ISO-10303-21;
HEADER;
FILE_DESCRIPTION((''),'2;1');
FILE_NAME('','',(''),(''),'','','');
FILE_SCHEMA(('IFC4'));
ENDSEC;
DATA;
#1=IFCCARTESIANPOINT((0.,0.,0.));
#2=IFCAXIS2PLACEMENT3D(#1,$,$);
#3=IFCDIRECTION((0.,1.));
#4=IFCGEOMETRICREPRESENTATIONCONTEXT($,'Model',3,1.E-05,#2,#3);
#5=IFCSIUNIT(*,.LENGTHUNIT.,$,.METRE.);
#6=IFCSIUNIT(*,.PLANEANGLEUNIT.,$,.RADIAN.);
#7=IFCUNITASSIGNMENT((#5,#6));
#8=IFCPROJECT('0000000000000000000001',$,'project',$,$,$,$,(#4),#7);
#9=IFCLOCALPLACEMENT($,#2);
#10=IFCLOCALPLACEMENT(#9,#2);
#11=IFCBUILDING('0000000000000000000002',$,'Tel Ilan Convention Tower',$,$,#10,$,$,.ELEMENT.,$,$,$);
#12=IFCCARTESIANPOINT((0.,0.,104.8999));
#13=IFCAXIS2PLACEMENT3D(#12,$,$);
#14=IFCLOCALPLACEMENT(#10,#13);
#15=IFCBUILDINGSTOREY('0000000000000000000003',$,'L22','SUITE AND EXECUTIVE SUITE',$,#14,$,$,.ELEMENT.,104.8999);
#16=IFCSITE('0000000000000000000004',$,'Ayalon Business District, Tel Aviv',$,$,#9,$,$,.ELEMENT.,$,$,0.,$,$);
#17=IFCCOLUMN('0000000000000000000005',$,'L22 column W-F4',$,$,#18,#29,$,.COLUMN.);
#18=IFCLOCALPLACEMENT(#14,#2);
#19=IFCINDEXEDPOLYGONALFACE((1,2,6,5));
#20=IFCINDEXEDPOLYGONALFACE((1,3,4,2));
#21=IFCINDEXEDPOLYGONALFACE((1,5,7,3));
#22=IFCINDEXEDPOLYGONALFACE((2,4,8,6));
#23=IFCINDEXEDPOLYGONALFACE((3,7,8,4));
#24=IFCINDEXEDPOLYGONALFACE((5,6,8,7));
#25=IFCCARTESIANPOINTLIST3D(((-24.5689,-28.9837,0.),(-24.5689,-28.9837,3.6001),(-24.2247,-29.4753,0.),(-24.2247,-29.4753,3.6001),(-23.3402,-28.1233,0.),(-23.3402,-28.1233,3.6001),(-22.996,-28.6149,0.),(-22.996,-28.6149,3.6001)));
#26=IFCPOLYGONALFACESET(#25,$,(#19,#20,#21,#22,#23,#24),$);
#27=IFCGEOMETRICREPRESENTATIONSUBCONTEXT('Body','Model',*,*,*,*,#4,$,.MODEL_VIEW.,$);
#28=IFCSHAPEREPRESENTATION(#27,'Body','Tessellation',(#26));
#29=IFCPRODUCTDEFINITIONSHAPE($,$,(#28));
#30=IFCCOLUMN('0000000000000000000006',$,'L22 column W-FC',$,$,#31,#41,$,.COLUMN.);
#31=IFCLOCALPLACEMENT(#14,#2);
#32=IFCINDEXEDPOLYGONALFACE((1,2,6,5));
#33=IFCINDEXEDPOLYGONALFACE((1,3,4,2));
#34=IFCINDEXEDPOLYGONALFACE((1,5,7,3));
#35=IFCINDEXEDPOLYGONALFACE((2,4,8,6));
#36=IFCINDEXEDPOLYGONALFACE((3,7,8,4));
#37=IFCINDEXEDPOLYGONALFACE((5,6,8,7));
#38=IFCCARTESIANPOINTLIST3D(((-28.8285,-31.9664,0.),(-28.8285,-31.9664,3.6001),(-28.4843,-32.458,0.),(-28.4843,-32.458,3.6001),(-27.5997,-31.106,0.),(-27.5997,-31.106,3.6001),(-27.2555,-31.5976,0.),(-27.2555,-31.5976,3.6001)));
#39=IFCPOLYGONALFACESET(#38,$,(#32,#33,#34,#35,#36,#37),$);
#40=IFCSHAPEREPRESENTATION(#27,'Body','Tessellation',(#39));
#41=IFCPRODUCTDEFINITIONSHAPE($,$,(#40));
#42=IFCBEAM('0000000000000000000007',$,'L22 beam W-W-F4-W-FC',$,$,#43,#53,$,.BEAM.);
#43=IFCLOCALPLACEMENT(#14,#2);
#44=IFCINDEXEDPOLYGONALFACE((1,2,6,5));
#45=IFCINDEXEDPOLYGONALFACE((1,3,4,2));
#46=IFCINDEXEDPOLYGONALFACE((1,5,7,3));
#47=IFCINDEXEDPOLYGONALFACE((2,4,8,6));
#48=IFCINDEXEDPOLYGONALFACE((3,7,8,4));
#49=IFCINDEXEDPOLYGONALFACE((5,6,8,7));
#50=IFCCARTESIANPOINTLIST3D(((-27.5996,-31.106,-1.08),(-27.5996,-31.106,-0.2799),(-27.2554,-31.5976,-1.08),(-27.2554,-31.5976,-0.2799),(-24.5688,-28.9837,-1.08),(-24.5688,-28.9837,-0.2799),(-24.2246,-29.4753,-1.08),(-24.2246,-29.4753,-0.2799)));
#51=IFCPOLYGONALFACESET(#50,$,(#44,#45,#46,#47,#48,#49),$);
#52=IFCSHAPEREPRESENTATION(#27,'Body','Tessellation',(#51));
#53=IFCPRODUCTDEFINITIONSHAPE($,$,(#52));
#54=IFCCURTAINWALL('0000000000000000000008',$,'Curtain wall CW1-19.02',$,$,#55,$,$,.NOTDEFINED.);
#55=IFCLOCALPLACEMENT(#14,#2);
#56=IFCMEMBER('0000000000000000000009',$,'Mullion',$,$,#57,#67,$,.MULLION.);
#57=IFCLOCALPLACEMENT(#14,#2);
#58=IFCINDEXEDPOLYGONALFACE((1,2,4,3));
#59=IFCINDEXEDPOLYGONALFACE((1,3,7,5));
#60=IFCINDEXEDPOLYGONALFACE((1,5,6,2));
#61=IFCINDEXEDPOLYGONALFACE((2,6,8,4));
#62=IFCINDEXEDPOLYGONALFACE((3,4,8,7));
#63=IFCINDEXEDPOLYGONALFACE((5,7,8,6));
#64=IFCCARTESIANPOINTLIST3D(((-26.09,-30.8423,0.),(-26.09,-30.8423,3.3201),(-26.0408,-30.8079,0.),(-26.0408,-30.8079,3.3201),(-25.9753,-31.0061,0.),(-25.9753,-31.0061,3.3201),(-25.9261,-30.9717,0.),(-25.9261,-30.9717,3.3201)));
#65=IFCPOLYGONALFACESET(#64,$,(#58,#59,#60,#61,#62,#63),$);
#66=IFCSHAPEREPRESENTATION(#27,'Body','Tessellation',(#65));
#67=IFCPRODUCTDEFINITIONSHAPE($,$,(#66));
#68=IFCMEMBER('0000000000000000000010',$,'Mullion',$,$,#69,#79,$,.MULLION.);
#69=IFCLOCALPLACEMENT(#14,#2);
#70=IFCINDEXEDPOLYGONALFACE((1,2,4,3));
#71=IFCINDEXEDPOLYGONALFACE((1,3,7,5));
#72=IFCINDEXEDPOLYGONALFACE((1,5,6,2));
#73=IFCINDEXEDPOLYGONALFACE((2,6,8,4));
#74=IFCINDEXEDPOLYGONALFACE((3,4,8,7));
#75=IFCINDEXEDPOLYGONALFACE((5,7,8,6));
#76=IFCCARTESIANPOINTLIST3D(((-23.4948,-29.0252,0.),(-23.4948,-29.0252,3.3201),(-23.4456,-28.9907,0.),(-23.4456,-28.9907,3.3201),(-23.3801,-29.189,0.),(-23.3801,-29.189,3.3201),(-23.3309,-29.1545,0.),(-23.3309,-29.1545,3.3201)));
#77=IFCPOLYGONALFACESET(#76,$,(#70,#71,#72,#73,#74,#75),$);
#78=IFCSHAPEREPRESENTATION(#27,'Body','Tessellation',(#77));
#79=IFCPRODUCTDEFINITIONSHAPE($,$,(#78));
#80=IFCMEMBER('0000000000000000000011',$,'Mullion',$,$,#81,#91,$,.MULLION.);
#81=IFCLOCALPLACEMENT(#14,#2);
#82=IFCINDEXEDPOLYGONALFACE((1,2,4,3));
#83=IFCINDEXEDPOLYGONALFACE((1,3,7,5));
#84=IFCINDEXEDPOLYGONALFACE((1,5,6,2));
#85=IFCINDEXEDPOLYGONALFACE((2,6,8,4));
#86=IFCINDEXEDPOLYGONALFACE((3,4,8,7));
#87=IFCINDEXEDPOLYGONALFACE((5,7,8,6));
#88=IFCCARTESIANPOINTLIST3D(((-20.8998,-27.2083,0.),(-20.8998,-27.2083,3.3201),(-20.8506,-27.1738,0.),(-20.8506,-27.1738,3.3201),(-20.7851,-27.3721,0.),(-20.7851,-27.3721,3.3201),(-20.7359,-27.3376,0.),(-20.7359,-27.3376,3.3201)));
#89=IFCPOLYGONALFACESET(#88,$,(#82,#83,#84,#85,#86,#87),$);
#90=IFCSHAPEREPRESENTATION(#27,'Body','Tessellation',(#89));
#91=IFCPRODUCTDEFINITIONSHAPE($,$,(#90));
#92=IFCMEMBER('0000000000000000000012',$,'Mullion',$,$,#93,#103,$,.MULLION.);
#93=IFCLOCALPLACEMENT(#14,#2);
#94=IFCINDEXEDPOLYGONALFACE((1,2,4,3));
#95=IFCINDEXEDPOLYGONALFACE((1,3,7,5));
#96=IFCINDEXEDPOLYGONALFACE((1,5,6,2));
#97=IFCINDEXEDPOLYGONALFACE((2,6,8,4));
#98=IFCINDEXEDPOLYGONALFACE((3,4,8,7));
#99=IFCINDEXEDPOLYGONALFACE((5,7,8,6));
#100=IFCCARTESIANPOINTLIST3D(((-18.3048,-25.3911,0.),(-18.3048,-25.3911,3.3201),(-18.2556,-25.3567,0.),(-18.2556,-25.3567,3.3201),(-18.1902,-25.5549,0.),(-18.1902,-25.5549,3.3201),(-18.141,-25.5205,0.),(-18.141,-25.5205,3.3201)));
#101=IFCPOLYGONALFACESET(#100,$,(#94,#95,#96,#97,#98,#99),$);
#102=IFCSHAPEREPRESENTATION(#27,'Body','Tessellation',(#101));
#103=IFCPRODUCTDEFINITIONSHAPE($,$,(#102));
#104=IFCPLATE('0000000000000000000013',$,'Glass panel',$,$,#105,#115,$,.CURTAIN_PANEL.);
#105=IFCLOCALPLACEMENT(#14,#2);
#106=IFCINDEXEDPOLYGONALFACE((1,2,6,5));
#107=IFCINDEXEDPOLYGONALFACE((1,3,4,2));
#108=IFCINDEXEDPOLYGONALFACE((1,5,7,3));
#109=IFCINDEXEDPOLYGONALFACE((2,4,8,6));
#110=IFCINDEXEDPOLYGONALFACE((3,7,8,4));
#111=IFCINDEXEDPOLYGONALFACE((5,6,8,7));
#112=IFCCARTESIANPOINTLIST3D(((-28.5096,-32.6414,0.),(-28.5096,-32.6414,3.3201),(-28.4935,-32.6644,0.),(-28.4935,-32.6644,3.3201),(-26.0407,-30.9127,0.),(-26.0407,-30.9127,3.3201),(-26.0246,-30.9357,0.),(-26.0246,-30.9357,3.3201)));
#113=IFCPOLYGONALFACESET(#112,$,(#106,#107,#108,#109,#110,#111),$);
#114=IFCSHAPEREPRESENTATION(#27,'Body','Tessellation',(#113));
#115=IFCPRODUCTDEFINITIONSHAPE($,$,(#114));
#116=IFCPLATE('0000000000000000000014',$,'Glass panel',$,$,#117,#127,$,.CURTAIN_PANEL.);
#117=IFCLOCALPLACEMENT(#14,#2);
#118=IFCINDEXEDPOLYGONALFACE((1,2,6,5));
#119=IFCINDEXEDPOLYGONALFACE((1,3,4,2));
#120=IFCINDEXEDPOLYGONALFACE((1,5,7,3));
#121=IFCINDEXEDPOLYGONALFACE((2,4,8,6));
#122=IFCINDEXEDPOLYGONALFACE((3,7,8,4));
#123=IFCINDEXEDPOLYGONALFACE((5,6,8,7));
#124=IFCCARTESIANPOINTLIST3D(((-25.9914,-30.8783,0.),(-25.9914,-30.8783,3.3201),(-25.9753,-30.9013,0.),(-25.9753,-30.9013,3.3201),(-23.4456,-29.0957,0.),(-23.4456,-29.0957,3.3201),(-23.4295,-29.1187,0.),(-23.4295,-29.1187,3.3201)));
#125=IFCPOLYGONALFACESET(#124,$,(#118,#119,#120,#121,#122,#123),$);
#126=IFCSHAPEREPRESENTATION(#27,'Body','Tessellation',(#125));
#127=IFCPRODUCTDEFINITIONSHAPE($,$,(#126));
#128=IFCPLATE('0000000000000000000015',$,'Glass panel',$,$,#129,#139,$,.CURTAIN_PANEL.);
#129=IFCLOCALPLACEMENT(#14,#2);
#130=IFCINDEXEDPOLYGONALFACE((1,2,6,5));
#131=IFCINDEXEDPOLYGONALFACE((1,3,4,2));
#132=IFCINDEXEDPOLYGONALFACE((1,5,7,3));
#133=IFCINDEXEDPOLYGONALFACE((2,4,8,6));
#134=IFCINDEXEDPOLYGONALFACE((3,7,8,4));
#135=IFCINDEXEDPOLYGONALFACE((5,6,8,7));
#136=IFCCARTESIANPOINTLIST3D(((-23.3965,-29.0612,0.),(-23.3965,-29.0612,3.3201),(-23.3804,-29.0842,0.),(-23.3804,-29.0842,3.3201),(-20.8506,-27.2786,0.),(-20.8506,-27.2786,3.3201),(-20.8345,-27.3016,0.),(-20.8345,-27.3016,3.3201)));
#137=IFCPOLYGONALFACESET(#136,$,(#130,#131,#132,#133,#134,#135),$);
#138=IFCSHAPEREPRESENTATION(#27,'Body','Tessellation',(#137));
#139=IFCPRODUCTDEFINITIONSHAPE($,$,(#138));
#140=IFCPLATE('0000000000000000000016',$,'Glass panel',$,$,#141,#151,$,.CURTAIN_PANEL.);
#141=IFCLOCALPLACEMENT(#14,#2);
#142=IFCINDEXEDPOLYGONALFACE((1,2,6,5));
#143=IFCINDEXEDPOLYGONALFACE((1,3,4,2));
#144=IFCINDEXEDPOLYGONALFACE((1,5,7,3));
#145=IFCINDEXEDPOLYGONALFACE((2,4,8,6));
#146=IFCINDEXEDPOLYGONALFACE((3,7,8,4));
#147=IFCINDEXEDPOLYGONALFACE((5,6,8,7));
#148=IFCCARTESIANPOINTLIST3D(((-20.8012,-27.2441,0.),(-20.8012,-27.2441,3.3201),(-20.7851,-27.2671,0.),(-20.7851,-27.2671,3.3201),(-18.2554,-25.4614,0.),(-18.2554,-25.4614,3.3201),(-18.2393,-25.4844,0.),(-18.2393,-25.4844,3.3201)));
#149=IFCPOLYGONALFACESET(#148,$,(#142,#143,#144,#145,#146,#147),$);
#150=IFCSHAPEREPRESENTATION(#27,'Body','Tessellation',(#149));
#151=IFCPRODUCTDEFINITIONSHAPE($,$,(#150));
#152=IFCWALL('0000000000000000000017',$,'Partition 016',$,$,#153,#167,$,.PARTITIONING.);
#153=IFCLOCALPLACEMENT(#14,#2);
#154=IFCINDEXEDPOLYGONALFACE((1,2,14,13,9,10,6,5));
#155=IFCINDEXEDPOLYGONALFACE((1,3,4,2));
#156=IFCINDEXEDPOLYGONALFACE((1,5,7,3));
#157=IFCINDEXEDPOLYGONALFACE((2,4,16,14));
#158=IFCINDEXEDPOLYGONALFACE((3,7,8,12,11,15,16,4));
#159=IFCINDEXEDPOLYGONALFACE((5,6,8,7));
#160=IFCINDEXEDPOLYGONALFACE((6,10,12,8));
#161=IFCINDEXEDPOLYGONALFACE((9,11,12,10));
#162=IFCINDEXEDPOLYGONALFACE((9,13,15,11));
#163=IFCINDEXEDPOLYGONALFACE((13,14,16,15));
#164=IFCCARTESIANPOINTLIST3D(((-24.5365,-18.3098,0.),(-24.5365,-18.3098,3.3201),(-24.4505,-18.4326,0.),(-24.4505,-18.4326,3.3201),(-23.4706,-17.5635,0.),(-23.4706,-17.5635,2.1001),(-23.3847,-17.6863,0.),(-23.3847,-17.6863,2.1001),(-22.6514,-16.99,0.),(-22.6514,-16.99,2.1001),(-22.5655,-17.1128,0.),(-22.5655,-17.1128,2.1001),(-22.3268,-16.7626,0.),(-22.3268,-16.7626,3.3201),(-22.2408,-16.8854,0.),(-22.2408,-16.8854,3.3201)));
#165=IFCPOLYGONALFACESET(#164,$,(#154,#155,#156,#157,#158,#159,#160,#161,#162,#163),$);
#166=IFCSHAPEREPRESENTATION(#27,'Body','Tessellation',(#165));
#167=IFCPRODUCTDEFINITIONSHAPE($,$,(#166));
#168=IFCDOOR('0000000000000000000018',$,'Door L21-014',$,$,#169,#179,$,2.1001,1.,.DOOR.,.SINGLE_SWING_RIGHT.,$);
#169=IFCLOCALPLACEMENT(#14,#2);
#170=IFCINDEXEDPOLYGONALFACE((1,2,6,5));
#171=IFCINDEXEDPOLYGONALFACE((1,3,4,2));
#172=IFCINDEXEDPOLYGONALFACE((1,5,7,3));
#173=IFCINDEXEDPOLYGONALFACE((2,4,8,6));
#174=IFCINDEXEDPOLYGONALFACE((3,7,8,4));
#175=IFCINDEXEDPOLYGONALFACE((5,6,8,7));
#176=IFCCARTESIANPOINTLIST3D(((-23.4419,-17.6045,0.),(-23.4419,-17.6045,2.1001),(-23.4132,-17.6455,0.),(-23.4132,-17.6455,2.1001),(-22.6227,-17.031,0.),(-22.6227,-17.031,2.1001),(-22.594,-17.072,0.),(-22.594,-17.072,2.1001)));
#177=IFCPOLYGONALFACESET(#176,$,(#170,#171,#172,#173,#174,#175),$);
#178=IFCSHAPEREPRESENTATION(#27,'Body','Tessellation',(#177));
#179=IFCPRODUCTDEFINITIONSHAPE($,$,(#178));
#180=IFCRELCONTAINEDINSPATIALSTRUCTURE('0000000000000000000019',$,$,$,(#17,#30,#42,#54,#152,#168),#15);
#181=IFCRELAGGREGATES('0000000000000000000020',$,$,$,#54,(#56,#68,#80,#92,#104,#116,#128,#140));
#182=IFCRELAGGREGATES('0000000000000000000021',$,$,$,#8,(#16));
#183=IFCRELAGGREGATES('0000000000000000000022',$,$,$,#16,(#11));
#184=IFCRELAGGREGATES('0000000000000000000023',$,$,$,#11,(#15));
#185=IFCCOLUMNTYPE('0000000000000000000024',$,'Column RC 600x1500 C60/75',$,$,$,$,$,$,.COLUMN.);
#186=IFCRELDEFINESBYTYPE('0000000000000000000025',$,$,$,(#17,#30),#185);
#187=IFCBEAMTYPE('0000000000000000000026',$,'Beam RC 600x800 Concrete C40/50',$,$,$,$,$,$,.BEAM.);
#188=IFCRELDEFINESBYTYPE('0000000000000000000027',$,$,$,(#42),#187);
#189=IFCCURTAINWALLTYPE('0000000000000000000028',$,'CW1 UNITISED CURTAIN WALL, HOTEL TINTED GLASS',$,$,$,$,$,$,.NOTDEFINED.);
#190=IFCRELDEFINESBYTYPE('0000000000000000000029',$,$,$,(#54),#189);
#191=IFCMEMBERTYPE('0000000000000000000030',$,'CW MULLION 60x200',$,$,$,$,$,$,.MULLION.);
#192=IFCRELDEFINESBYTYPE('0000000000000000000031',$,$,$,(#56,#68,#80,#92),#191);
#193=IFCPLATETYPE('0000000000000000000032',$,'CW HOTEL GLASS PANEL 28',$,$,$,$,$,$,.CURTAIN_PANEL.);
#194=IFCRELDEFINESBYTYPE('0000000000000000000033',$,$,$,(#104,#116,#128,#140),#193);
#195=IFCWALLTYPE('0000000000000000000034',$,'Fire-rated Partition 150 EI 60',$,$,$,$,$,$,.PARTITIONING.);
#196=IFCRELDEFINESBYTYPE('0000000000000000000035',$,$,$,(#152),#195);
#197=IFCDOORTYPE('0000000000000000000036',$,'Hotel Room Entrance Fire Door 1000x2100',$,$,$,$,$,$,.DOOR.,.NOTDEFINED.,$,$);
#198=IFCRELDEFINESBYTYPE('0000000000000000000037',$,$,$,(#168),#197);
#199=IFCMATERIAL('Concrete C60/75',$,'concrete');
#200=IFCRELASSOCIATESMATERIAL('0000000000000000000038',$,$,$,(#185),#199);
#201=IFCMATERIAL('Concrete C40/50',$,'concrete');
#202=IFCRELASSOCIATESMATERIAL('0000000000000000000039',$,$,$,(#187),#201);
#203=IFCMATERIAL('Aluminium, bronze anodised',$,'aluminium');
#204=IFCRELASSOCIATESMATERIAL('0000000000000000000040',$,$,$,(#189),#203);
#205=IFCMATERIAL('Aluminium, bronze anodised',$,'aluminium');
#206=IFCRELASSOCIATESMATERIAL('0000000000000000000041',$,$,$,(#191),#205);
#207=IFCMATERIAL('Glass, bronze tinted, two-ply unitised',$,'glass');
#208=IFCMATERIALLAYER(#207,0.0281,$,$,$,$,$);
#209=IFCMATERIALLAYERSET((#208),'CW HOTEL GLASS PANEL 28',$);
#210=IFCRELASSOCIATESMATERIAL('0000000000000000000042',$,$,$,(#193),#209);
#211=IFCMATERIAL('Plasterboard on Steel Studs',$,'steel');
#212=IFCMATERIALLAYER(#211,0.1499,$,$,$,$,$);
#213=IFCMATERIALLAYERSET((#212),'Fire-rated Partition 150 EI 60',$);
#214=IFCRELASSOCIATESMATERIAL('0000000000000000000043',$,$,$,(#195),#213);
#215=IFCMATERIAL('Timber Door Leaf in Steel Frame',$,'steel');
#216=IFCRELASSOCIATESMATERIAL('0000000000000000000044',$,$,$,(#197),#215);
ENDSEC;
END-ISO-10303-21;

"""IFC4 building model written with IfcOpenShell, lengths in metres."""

from ifc_helpers import new_model, si_unit, direction, frame, frame_2d, origin, origin_2d, place, context, subcontext, project, spatial, rectangle, extrude, material, layer, layer_set, material_profile, profile_set, type_object, element, fill, aggregate, save


model = new_model("IFC4")

# Units and contexts
model_context = context("Model", 3, precision=1e-05, world=origin(), true_north=direction((0.0, 1.0)))
body_context = subcontext(model_context, "Body", "Model", "MODEL_VIEW")
ifc_project = project(units=[si_unit("LENGTHUNIT", "METRE"), si_unit("PLANEANGLEUNIT", "RADIAN")], contexts=[model_context])

# Site, building, storey
site_placement = place(None, origin())
site = spatial("IfcSite", under=ifc_project, at=site_placement, Name="Ayalon Business District, Tel Aviv", CompositionType="ELEMENT", RefElevation=0.0)
building_placement = place(site_placement, origin())
building = spatial("IfcBuilding", under=site, at=building_placement, Name="Tel Ilan Convention Tower", CompositionType="ELEMENT")
storey_placement = place(building_placement, frame((0.0, 0.0, 104.8999)))
storey = spatial("IfcBuildingStorey", under=building, at=storey_placement, Name="L22", Description="SUITE AND EXECUTIVE SUITE", CompositionType="ELEMENT", Elevation=104.8999)

# Columns
ifc_material_1 = material(Name="Concrete C60/75", Category="concrete")
ifc_material_profile_1 = material_profile(ifc_material_1, rectangle(XDim=1.5, YDim=0.6001, at=origin_2d()), Name="RC 600x1500")
ifc_profile_set_1 = profile_set([ifc_material_profile_1], Name="Concrete C60/75")
column_type = type_object("IfcColumnType", Name="Column RC 600x1500 C60/75", PredefinedType="COLUMN", material=ifc_profile_set_1)
for number, where, z_axis, x_axis, name in (
    (1, (-23.7825, -28.7993, 0.0), (0.0, 0.0, 1.0), (-0.819152, -0.573576, 0.0), "L22 column W-F4"),
    (2, (-28.042, -31.782, 0.0), (0.0, 0.0, 1.0), (-0.819152, -0.573576, 0.0), "L22 column W-FC"),
):
    element("IfcColumn", number, at=place(storey_placement, frame(where, z_axis=z_axis, x_axis=x_axis)), inside=storey, type_object=column_type, Name=name, PredefinedType="COLUMN", context=body_context, shape_type="SweptSolid", body=[
        extrude(rectangle(XDim=1.5, YDim=0.6001, at=origin_2d()), origin(), (0.0, 0.0, 1.0), 3.6001),
    ])

# Beam
ifc_material_2 = material(Name="Concrete C40/50", Category="concrete")
ifc_material_profile_2 = material_profile(ifc_material_2, rectangle(XDim=0.6001, YDim=0.8, at=origin_2d()), Name="RC 600x800")
ifc_profile_set_2 = profile_set([ifc_material_profile_2], Name="Concrete C40/50")
beam_type = type_object("IfcBeamType", Name="Beam RC 600x800 Concrete C40/50", PredefinedType="BEAM", material=ifc_profile_set_2)
beam_placement = place(storey_placement, frame((-24.3967, -29.2295, -0.6799), z_axis=(-0.819133, -0.573604, 0.0), x_axis=(0.573604, -0.819133, 0.0)))
element("IfcBeam", 3, at=beam_placement, inside=storey, type_object=beam_type, Name="L22 beam W-W-F4-W-FC", PredefinedType="BEAM", context=body_context, shape_type="SweptSolid", body=[
    extrude(rectangle(XDim=0.6001, YDim=0.8, at=origin_2d()), origin(), (0.0, 0.0, 1.0), 3.7),
])

# Curtain wall, members, plates
ifc_material_3 = material(Name="Aluminium, bronze anodised", Category="aluminium")
curtain_wall_type = type_object("IfcCurtainWallType", Name="CW1 UNITISED CURTAIN WALL, HOTEL TINTED GLASS", PredefinedType="NOTDEFINED", material=ifc_material_3)
curtain_wall_placement = place(storey_placement, origin())
curtain_wall = element("IfcCurtainWall", 4, at=curtain_wall_placement, inside=storey, type_object=curtain_wall_type, Name="Curtain wall CW1-19.02", PredefinedType="NOTDEFINED")
ifc_material_4 = material(Name="Aluminium, bronze anodised", Category="aluminium")
ifc_material_profile_3 = material_profile(ifc_material_4, rectangle(XDim=0.0601, YDim=0.2, at=origin_2d()), Name="CW MULLION 60x200")
ifc_profile_set_3 = profile_set([ifc_material_profile_3], Name="Aluminium, bronze anodised")
member_type = type_object("IfcMemberType", Name="CW MULLION 60x200", PredefinedType="MULLION", material=ifc_profile_set_3)
member_1_placement = place(storey_placement, frame((-26.0081, -30.907, 0.0), z_axis=(0.0, 0.0, 1.0), x_axis=(0.819152, 0.573576, 0.0)))
member_1 = element("IfcMember", 5, at=member_1_placement, type_object=member_type, Name="Mullion", PredefinedType="MULLION", context=body_context, shape_type="SweptSolid", body=[
    extrude(rectangle(XDim=0.0601, YDim=0.2, at=origin_2d()), origin(), (0.0, 0.0, 1.0), 3.3201),
])
member_2_placement = place(storey_placement, frame((-23.4128, -29.0898, 0.0), z_axis=(0.0, 0.0, 1.0), x_axis=(0.819152, 0.573576, 0.0)))
member_2 = element("IfcMember", 6, at=member_2_placement, type_object=member_type, Name="Mullion", PredefinedType="MULLION", context=body_context, shape_type="SweptSolid", body=[
    extrude(rectangle(XDim=0.0601, YDim=0.2, at=origin_2d()), origin(), (0.0, 0.0, 1.0), 3.3201),
])
member_3_placement = place(storey_placement, frame((-20.8179, -27.2729, 0.0), z_axis=(0.0, 0.0, 1.0), x_axis=(0.819152, 0.573576, 0.0)))
member_3 = element("IfcMember", 7, at=member_3_placement, type_object=member_type, Name="Mullion", PredefinedType="MULLION", context=body_context, shape_type="SweptSolid", body=[
    extrude(rectangle(XDim=0.0601, YDim=0.2, at=origin_2d()), origin(), (0.0, 0.0, 1.0), 3.3201),
])
member_4_placement = place(storey_placement, frame((-18.2229, -25.4558, 0.0), z_axis=(0.0, 0.0, 1.0), x_axis=(0.819152, 0.573576, 0.0)))
member_4 = element("IfcMember", 8, at=member_4_placement, type_object=member_type, Name="Mullion", PredefinedType="MULLION", context=body_context, shape_type="SweptSolid", body=[
    extrude(rectangle(XDim=0.0601, YDim=0.2, at=origin_2d()), origin(), (0.0, 0.0, 1.0), 3.3201),
])
ifc_material_5 = material(Name="Glass, bronze tinted, two-ply unitised", Category="glass")
ifc_layer_1 = layer(ifc_material_5, 0.0281)
ifc_layer_set_1 = layer_set([ifc_layer_1], Name="CW HOTEL GLASS PANEL 28")
plate_type = type_object("IfcPlateType", Name="CW HOTEL GLASS PANEL 28", PredefinedType="CURTAIN_PANEL", material=ifc_layer_set_1)
plate_1_placement = place(storey_placement, frame((-27.2671, -31.7886, 0.0), z_axis=(0.0, 0.0, 1.0), x_axis=(0.819152, 0.573576, 0.0)))
plate_1 = element("IfcPlate", 9, at=plate_1_placement, type_object=plate_type, Name="Glass panel", PredefinedType="CURTAIN_PANEL", context=body_context, shape_type="SweptSolid", body=[
    extrude(rectangle(XDim=3.0139, YDim=0.0281, at=origin_2d()), origin(), (0.0, 0.0, 1.0), 3.3201),
])
plate_2_placement = place(storey_placement, frame((-24.7104, -29.9985, 0.0), z_axis=(0.0, 0.0, 1.0), x_axis=(0.819152, 0.573576, 0.0)))
plate_2 = element("IfcPlate", 10, at=plate_2_placement, type_object=plate_type, Name="Glass panel", PredefinedType="CURTAIN_PANEL", context=body_context, shape_type="SweptSolid", body=[
    extrude(rectangle(XDim=3.1079, YDim=0.0281, at=origin_2d()), origin(), (0.0, 0.0, 1.0), 3.3201),
])
plate_3_placement = place(storey_placement, frame((-22.1155, -28.1814, 0.0), z_axis=(0.0, 0.0, 1.0), x_axis=(0.819152, 0.573576, 0.0)))
plate_3 = element("IfcPlate", 11, at=plate_3_placement, type_object=plate_type, Name="Glass panel", PredefinedType="CURTAIN_PANEL", context=body_context, shape_type="SweptSolid", body=[
    extrude(rectangle(XDim=3.1079, YDim=0.0281, at=origin_2d()), origin(), (0.0, 0.0, 1.0), 3.3201),
])
plate_4_placement = place(storey_placement, frame((-19.5203, -26.3643, 0.0), z_axis=(0.0, 0.0, 1.0), x_axis=(0.819152, 0.573576, 0.0)))
plate_4 = element("IfcPlate", 12, at=plate_4_placement, type_object=plate_type, Name="Glass panel", PredefinedType="CURTAIN_PANEL", context=body_context, shape_type="SweptSolid", body=[
    extrude(rectangle(XDim=3.1079, YDim=0.0281, at=origin_2d()), origin(), (0.0, 0.0, 1.0), 3.3201),
])
aggregate(curtain_wall, [member_1, member_2, member_3, member_4, plate_1, plate_2, plate_3, plate_4])

# Wall, opening, door
ifc_material_6 = material(Name="Plasterboard on Steel Studs", Category="steel")
ifc_layer_2 = layer(ifc_material_6, 0.1499)
ifc_layer_set_2 = layer_set([ifc_layer_2], Name="Fire-rated Partition 150 EI 60")
wall_type_1 = type_object("IfcWallType", Name="Fire-rated Partition 150 EI 60", PredefinedType="PARTITIONING", material=ifc_layer_set_2)
wall_1_placement = place(storey_placement, frame((-24.4934, -18.3711, 0.0), z_axis=(0.0, 0.0, 1.0), x_axis=(0.819177, 0.573541, 0.0)))
wall_1 = element("IfcWall", 13, at=wall_1_placement, inside=storey, type_object=wall_type_1, Name="Partition 016", PredefinedType="PARTITIONING", context=body_context, shape_type="SweptSolid", body=[
    extrude(rectangle(XDim=2.6975, YDim=0.1499, at=frame_2d((1.3486, 0.0))), origin(), (0.0, 0.0, 1.0), 3.3201),
])
opening_1_placement = place(wall_1_placement, frame((1.301, 0.0, 0.0)))
opening_1 = element("IfcOpeningElement", 14, at=opening_1_placement, cuts=wall_1, PredefinedType="OPENING", context=body_context, shape_type="SweptSolid", body=[
    extrude(rectangle(XDim=1.0, YDim=2.1001, at=frame_2d((0.5, 1.05))), frame((0.0, 0.085, 0.0), z_axis=(0.0, -1.0, 0.0), x_axis=(1.0, 0.0, 0.0)), (0.0, 0.0, 1.0), 0.1699),
])
ifc_material_7 = material(Name="Timber Door Leaf in Steel Frame", Category="steel")
door_type_1 = type_object("IfcDoorType", Name="Hotel Room Entrance Fire Door 1000x2100", OperationType="NOTDEFINED", PredefinedType="DOOR", material=ifc_material_7)
door_1_placement = place(opening_1_placement, origin())
door_1 = element("IfcDoor", 15, at=door_1_placement, inside=storey, type_object=door_type_1, Name="Door L21-014", OperationType="SINGLE_SWING_RIGHT", OverallHeight=2.1001, OverallWidth=1.0, PredefinedType="DOOR", context=body_context, shape_type="SweptSolid", body=[
    extrude(rectangle(XDim=1.0, YDim=2.1001, at=frame_2d((0.5, 1.05))), frame((0.0, 0.0249, 0.0), z_axis=(0.0, -1.0, 0.0), x_axis=(1.0, 0.0, 0.0)), (0.0, 0.0, 1.0), 0.05),
])
fill(opening_1, door_1)

save(model, "model.ifc")
